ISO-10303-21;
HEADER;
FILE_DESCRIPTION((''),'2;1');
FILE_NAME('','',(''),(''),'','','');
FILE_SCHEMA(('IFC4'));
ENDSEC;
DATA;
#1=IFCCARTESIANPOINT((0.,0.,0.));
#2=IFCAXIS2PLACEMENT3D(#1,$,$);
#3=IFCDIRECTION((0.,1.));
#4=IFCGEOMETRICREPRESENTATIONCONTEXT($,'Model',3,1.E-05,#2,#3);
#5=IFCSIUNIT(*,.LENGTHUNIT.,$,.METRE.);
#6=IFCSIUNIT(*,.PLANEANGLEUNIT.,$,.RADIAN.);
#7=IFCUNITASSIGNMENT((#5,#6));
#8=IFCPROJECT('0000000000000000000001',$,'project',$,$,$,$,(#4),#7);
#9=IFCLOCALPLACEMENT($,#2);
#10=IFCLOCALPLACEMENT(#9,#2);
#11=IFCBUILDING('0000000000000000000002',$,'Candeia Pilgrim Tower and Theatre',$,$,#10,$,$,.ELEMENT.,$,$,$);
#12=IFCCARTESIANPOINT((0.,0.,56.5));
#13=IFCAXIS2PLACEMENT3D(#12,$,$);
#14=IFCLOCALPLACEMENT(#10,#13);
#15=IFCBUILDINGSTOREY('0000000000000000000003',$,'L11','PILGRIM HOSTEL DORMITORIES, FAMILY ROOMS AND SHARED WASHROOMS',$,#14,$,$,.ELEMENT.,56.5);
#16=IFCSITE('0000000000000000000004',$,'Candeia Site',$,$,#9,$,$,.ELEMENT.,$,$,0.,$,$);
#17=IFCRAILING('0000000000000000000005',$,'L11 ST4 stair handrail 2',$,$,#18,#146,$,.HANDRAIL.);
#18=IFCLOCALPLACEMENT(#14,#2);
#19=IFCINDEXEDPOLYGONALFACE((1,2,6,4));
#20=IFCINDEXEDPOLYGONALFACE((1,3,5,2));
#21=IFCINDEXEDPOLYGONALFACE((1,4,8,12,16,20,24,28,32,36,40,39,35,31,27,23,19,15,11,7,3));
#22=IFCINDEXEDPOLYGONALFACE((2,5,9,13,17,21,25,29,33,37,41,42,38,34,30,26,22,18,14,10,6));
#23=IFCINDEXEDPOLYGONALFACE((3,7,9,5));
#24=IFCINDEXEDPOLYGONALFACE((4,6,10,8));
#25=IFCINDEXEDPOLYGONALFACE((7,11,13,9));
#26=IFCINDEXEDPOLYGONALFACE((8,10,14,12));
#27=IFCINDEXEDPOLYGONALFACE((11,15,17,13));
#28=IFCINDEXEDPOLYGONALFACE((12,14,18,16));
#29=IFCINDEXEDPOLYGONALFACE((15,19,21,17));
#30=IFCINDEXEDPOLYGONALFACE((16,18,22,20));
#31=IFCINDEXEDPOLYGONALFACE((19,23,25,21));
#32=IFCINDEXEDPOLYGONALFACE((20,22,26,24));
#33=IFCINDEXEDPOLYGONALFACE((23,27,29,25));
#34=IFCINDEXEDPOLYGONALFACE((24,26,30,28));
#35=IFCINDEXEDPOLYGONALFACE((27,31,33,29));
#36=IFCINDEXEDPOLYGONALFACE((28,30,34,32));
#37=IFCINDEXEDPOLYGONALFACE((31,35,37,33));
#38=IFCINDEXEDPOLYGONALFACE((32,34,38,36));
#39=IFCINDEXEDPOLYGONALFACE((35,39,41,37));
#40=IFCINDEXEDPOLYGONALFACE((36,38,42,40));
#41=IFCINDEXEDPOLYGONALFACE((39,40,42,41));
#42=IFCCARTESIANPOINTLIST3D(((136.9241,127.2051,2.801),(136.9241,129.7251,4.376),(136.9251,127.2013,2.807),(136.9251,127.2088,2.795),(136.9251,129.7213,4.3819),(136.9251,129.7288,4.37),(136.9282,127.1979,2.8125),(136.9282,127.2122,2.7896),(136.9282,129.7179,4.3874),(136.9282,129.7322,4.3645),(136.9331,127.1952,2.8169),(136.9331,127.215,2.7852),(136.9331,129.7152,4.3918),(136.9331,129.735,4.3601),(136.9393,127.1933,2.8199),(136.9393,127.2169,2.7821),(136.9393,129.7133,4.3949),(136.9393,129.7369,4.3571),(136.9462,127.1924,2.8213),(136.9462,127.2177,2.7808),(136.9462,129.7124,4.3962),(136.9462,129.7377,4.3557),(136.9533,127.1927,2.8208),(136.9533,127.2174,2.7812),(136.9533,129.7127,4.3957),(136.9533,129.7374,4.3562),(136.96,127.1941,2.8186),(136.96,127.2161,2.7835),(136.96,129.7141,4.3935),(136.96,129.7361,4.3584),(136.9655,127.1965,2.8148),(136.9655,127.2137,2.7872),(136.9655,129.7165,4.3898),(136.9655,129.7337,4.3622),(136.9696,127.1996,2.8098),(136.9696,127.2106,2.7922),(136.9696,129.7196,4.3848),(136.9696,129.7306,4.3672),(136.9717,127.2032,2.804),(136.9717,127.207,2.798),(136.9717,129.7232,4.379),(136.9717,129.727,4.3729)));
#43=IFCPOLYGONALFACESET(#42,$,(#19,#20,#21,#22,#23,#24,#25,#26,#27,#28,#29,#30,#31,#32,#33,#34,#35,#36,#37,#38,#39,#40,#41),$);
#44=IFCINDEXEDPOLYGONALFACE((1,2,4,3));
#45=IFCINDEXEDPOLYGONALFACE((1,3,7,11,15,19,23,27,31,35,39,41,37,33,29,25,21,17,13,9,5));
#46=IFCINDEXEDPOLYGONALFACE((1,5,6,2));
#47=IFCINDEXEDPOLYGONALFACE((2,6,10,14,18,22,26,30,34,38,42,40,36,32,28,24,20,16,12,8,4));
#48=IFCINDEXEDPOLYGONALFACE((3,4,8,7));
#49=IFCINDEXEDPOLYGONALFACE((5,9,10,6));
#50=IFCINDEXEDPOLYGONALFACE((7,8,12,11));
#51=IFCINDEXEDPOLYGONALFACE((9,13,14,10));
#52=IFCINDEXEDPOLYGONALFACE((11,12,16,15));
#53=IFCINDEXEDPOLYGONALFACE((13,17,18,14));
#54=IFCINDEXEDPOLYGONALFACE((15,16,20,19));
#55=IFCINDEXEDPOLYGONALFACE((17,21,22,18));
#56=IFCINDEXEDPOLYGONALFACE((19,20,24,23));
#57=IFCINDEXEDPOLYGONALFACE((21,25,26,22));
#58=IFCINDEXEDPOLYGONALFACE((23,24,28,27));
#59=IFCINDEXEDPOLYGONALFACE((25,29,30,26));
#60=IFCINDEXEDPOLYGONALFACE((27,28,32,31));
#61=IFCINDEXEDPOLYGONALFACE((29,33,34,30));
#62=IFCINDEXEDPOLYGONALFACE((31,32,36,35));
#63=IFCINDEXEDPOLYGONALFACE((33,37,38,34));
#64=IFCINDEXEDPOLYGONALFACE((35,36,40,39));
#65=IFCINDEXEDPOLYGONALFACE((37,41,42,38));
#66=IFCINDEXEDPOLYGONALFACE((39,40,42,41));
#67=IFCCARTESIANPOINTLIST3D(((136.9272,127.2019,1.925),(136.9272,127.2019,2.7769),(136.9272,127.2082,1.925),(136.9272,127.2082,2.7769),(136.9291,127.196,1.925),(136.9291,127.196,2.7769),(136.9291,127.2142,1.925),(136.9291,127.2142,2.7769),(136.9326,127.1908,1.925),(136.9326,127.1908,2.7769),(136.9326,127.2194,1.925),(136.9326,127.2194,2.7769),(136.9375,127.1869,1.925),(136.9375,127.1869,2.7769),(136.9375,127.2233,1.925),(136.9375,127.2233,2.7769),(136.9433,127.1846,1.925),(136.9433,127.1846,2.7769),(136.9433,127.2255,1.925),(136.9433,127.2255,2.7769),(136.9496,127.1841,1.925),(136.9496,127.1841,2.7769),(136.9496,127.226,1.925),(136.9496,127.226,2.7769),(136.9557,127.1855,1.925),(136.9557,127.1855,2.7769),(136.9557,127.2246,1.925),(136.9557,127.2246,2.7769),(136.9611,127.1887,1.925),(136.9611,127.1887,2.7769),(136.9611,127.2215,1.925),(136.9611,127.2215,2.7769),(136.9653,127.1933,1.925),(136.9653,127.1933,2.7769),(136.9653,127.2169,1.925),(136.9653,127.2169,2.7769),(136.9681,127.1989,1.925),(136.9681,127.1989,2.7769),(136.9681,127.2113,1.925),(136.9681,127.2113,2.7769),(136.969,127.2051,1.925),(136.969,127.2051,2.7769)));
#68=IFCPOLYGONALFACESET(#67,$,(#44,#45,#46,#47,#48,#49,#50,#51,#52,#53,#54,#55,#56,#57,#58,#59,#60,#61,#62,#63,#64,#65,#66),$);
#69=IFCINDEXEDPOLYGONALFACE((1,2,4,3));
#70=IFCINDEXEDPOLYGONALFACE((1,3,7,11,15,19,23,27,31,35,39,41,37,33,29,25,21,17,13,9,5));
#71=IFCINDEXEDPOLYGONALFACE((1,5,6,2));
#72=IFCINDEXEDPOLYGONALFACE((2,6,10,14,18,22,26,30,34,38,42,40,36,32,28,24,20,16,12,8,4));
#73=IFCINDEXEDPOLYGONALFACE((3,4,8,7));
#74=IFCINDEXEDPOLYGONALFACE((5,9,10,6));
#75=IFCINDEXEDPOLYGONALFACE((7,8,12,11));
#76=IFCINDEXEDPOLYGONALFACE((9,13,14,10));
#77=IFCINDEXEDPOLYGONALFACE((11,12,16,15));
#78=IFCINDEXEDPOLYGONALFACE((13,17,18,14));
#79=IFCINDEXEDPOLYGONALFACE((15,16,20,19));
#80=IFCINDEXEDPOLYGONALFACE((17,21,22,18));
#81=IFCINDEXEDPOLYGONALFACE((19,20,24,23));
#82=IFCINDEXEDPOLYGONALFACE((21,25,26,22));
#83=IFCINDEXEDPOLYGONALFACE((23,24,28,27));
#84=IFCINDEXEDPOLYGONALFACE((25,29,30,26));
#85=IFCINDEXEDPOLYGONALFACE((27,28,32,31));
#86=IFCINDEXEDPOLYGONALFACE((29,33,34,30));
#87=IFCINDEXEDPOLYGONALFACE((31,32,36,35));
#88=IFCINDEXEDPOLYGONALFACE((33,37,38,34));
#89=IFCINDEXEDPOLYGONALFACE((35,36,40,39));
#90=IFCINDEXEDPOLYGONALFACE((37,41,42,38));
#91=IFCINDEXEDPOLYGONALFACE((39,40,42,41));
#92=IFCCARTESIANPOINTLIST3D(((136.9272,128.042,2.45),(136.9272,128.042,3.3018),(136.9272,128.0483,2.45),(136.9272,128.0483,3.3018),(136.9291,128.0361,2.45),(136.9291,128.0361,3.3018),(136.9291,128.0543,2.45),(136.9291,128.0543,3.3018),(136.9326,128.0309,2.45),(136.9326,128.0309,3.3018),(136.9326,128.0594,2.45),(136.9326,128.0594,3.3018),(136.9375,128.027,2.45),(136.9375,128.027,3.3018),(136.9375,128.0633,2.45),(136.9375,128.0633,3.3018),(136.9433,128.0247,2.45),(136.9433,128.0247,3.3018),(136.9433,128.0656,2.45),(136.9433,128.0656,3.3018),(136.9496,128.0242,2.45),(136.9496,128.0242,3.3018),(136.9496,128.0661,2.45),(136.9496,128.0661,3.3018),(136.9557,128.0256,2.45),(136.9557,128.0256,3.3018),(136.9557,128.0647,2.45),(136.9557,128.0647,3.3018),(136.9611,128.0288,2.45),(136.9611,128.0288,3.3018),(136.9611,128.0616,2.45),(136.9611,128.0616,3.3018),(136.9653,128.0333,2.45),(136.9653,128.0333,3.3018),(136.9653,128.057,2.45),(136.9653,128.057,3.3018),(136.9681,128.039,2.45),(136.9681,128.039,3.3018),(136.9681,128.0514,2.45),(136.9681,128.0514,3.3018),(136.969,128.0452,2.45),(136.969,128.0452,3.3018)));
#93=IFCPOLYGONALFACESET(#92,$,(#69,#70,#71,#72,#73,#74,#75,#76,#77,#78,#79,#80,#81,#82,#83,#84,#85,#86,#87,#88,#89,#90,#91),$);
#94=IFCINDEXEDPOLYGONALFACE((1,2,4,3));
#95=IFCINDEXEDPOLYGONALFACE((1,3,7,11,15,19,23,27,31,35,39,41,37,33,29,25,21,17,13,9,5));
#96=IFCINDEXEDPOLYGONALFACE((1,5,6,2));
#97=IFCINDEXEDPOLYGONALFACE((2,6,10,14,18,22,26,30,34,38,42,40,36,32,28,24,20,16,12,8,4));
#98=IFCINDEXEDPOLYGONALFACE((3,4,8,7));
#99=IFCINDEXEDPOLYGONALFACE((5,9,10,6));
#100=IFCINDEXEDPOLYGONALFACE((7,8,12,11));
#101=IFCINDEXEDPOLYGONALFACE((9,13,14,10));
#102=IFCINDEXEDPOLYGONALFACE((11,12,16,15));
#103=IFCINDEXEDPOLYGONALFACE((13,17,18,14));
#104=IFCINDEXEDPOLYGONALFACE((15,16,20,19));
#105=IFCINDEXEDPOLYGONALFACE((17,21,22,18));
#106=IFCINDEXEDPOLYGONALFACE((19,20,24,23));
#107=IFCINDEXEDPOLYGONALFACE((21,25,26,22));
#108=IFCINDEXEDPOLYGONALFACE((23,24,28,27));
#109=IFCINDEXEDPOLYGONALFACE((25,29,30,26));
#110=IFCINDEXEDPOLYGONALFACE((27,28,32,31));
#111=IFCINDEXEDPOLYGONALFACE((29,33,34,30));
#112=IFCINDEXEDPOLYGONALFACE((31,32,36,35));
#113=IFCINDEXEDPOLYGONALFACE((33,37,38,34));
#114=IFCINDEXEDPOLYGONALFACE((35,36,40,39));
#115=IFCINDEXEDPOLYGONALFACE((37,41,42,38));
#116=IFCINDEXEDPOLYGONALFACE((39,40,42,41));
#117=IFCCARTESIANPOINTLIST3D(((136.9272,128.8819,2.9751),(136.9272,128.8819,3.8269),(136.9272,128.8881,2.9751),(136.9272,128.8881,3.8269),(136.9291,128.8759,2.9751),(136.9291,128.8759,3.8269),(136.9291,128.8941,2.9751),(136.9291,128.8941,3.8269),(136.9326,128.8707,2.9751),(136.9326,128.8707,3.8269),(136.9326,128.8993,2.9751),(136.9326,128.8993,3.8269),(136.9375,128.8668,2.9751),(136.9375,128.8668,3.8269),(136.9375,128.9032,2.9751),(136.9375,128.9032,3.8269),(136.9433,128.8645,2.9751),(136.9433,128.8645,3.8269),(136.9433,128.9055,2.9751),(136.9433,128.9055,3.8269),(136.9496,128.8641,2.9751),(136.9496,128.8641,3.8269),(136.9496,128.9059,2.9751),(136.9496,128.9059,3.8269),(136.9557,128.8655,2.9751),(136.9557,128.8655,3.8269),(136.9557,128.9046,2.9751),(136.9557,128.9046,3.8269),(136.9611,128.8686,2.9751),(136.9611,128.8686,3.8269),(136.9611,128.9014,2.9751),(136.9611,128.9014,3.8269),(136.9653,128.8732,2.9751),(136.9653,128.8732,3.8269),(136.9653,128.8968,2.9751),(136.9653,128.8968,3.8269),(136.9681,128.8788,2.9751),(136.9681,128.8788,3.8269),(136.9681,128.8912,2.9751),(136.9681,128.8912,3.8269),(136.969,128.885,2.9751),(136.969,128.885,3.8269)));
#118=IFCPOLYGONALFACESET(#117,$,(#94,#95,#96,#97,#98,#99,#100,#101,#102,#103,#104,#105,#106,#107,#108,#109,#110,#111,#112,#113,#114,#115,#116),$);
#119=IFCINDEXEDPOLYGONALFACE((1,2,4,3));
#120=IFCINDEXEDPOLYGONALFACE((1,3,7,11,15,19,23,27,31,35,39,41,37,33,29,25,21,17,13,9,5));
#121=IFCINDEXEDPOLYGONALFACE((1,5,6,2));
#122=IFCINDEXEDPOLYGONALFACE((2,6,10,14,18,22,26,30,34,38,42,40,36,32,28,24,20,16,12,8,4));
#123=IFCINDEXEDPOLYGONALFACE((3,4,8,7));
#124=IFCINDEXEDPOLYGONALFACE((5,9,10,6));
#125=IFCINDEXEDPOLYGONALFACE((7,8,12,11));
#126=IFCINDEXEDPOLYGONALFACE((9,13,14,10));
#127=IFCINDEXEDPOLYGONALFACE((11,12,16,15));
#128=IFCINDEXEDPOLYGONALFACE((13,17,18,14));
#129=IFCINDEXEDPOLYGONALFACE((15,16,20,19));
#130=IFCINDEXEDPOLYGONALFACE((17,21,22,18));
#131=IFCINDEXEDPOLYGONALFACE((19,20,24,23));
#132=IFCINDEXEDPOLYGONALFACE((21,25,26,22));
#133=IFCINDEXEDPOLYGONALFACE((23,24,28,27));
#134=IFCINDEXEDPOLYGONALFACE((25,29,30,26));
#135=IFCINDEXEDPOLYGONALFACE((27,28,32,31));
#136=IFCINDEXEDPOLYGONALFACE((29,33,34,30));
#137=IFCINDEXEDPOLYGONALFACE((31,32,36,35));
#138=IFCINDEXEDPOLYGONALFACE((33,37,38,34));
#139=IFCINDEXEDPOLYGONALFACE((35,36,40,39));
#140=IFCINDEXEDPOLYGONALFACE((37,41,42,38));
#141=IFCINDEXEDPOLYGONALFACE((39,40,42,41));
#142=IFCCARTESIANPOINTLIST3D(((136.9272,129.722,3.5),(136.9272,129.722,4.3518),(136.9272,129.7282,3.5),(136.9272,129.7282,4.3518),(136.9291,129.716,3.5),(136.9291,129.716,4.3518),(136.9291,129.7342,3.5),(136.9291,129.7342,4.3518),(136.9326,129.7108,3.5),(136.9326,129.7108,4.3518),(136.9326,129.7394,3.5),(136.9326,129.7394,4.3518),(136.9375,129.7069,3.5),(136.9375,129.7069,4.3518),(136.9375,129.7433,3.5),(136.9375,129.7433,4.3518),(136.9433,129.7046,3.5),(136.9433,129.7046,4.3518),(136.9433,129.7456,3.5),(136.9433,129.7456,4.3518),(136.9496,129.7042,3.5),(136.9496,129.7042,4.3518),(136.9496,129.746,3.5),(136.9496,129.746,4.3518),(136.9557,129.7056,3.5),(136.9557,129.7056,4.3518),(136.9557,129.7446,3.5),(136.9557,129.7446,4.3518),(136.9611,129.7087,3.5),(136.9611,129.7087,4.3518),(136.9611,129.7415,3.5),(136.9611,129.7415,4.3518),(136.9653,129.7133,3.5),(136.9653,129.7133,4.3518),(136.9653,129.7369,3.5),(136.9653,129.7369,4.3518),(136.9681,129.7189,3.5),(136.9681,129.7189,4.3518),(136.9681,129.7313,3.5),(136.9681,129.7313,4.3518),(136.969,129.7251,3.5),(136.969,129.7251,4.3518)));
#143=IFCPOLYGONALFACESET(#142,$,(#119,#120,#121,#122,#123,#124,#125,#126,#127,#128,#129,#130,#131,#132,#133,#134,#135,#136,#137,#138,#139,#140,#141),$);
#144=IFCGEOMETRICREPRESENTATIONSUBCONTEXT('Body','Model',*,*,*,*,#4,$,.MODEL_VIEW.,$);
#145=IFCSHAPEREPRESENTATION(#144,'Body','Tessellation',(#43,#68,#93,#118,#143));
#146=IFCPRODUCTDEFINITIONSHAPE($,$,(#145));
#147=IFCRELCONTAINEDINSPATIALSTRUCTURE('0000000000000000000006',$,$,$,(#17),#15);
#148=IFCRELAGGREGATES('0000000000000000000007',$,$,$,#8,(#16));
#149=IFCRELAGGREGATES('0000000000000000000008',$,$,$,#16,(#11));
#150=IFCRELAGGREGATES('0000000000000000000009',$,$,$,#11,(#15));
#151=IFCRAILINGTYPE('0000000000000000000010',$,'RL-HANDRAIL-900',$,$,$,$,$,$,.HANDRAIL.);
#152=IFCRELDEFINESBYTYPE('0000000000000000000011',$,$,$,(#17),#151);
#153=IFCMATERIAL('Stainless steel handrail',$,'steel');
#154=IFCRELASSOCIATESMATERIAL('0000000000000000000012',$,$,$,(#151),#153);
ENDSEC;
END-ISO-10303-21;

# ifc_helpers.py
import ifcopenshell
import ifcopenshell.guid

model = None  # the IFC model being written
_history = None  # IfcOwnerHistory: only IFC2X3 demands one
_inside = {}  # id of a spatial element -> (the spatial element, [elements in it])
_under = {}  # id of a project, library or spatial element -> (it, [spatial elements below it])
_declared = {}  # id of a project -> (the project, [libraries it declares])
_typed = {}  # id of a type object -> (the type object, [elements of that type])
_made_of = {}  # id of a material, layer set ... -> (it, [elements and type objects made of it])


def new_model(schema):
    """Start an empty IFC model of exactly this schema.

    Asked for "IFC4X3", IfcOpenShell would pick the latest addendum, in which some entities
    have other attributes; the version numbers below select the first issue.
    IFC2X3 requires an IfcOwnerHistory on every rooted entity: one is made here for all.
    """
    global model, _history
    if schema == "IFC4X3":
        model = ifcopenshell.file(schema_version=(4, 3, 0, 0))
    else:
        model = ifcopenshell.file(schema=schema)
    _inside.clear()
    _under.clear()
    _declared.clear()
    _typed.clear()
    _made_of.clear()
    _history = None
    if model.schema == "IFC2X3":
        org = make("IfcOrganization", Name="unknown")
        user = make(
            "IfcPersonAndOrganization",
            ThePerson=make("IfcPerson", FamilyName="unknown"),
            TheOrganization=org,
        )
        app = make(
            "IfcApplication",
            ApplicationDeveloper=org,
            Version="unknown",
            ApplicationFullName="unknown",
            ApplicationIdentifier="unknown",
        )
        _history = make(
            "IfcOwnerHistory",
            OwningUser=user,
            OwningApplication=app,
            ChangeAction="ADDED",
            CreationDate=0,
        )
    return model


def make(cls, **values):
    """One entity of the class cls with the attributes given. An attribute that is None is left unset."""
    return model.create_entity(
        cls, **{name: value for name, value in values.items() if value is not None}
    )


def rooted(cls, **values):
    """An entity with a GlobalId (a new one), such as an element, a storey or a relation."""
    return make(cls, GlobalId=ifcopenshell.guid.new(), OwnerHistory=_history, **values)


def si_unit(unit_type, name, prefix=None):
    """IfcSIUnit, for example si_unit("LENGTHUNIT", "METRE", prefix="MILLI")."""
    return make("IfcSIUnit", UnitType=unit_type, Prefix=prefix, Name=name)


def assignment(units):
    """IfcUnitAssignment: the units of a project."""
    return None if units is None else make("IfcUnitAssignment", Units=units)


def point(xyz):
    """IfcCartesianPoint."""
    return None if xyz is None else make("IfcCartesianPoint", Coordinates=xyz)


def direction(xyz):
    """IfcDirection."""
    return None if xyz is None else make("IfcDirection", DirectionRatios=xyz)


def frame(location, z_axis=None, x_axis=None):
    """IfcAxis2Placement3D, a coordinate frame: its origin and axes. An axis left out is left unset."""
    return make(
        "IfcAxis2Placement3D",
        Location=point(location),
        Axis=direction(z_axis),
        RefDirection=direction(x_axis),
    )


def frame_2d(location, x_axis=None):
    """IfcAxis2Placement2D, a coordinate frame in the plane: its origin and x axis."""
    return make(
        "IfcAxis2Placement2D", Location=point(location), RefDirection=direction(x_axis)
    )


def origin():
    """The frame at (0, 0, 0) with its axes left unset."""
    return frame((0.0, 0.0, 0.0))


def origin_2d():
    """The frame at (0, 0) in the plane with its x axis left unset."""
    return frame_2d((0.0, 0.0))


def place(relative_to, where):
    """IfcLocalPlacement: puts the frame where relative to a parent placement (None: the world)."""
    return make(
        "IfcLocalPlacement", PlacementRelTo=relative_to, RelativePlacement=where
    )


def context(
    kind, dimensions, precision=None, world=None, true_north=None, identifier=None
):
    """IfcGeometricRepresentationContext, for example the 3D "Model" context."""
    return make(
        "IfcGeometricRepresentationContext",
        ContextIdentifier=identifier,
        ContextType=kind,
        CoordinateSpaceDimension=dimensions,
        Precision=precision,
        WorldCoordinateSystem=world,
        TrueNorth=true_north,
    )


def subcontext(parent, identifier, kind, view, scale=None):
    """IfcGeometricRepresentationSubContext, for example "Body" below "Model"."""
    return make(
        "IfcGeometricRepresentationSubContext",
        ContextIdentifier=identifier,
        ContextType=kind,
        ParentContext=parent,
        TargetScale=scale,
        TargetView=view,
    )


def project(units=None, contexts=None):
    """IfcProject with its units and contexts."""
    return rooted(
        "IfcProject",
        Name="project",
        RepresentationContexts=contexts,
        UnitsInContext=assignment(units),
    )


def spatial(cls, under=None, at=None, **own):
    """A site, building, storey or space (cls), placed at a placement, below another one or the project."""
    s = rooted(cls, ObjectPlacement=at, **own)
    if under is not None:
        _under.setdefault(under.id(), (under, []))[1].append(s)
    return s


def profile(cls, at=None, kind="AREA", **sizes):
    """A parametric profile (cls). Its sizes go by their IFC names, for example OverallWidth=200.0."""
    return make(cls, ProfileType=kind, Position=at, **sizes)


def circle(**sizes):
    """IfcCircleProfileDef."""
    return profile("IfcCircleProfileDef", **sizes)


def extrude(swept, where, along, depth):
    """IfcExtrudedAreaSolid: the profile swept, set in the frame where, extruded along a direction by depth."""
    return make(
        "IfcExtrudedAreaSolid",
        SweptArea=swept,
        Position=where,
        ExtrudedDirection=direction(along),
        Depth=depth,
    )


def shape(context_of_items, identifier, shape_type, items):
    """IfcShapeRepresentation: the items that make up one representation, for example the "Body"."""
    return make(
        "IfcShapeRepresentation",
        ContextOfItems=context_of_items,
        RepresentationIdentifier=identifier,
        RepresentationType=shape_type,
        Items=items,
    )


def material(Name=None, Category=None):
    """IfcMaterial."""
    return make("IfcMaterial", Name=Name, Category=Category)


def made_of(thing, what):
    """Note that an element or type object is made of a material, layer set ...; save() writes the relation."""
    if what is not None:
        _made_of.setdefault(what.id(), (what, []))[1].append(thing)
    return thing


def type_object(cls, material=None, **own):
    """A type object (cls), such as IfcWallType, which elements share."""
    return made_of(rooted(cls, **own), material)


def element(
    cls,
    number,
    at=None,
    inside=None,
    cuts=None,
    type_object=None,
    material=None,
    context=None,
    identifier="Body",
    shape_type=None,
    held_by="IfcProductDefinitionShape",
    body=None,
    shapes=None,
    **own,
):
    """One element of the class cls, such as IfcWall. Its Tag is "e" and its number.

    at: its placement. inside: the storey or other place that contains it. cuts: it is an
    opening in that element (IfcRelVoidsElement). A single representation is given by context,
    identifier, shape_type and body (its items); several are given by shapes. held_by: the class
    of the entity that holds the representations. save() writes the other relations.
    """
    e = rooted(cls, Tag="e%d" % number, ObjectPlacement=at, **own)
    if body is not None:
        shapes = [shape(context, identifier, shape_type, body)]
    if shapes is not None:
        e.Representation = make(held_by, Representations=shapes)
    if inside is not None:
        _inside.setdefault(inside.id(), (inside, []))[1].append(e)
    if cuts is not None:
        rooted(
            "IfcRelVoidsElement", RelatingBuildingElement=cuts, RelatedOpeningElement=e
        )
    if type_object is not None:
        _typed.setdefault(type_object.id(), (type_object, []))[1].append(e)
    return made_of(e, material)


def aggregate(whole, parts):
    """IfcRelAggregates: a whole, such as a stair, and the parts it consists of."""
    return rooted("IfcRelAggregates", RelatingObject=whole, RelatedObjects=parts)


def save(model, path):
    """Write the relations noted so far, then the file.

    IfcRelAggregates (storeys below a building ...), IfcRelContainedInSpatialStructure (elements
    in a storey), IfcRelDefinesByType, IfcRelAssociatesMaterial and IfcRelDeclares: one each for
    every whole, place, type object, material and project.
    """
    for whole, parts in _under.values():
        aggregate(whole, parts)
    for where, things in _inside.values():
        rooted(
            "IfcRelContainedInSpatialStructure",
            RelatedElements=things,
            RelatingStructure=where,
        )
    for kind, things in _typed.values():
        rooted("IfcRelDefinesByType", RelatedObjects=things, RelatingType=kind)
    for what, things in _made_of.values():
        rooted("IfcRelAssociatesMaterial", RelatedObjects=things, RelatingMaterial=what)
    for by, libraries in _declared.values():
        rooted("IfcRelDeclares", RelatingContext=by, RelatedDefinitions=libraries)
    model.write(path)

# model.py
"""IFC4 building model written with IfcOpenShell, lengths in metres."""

from ifc_helpers import new_model, si_unit, direction, frame, origin, origin_2d, place, context, subcontext, project, spatial, circle, extrude, material, type_object, element, save


model = new_model("IFC4")

# Units and contexts
model_context = context("Model", 3, precision=1e-05, world=origin(), true_north=direction((0.0, 1.0)))
body_context = subcontext(model_context, "Body", "Model", "MODEL_VIEW")
ifc_project = project(units=[si_unit("LENGTHUNIT", "METRE"), si_unit("PLANEANGLEUNIT", "RADIAN")], contexts=[model_context])

# Site, building, storey
site_placement = place(None, origin())
site = spatial("IfcSite", under=ifc_project, at=site_placement, Name="Candeia Site", CompositionType="ELEMENT", RefElevation=0.0)
building_placement = place(site_placement, origin())
building = spatial("IfcBuilding", under=site, at=building_placement, Name="Candeia Pilgrim Tower and Theatre", CompositionType="ELEMENT")
storey_placement = place(building_placement, frame((0.0, 0.0, 56.5)))
storey = spatial("IfcBuildingStorey", under=building, at=storey_placement, Name="L11", Description="PILGRIM HOSTEL DORMITORIES, FAMILY ROOMS AND SHARED WASHROOMS", CompositionType="ELEMENT", Elevation=56.5)

# Railing
ifc_material_1 = material(Name="Stainless steel handrail", Category="steel")
railing_type_1 = type_object("IfcRailingType", Name="RL-HANDRAIL-900", PredefinedType="HANDRAIL", material=ifc_material_1)
railing_1_placement = place(storey_placement, frame((136.948, 127.2051, 1.925)))
element("IfcRailing", 1, at=railing_1_placement, inside=storey, type_object=railing_type_1, Name="L11 ST4 stair handrail 2", PredefinedType="HANDRAIL", context=body_context, shape_type="SweptSolid", body=[
    extrude(circle(Radius=0.0239, at=origin_2d()), frame((0.0, 0.0, 0.876), z_axis=(0.0, 0.848008, 0.529984), x_axis=(-1.0, 0.0, 0.0)), (0.0, 0.0, 1.0), 2.9717),
    extrude(circle(Radius=0.021, at=origin_2d()), origin(), (0.0, 0.0, 1.0), 0.8518),
    extrude(circle(Radius=0.021, at=origin_2d()), frame((0.0, 0.8401, 0.5249)), (0.0, 0.0, 1.0), 0.8518),
    extrude(circle(Radius=0.021, at=origin_2d()), frame((0.0, 1.6799, 1.05)), (0.0, 0.0, 1.0), 0.8518),
    extrude(circle(Radius=0.021, at=origin_2d()), frame((0.0, 2.52, 1.575)), (0.0, 0.0, 1.0), 0.8518),
])

save(model, "model.ifc")
